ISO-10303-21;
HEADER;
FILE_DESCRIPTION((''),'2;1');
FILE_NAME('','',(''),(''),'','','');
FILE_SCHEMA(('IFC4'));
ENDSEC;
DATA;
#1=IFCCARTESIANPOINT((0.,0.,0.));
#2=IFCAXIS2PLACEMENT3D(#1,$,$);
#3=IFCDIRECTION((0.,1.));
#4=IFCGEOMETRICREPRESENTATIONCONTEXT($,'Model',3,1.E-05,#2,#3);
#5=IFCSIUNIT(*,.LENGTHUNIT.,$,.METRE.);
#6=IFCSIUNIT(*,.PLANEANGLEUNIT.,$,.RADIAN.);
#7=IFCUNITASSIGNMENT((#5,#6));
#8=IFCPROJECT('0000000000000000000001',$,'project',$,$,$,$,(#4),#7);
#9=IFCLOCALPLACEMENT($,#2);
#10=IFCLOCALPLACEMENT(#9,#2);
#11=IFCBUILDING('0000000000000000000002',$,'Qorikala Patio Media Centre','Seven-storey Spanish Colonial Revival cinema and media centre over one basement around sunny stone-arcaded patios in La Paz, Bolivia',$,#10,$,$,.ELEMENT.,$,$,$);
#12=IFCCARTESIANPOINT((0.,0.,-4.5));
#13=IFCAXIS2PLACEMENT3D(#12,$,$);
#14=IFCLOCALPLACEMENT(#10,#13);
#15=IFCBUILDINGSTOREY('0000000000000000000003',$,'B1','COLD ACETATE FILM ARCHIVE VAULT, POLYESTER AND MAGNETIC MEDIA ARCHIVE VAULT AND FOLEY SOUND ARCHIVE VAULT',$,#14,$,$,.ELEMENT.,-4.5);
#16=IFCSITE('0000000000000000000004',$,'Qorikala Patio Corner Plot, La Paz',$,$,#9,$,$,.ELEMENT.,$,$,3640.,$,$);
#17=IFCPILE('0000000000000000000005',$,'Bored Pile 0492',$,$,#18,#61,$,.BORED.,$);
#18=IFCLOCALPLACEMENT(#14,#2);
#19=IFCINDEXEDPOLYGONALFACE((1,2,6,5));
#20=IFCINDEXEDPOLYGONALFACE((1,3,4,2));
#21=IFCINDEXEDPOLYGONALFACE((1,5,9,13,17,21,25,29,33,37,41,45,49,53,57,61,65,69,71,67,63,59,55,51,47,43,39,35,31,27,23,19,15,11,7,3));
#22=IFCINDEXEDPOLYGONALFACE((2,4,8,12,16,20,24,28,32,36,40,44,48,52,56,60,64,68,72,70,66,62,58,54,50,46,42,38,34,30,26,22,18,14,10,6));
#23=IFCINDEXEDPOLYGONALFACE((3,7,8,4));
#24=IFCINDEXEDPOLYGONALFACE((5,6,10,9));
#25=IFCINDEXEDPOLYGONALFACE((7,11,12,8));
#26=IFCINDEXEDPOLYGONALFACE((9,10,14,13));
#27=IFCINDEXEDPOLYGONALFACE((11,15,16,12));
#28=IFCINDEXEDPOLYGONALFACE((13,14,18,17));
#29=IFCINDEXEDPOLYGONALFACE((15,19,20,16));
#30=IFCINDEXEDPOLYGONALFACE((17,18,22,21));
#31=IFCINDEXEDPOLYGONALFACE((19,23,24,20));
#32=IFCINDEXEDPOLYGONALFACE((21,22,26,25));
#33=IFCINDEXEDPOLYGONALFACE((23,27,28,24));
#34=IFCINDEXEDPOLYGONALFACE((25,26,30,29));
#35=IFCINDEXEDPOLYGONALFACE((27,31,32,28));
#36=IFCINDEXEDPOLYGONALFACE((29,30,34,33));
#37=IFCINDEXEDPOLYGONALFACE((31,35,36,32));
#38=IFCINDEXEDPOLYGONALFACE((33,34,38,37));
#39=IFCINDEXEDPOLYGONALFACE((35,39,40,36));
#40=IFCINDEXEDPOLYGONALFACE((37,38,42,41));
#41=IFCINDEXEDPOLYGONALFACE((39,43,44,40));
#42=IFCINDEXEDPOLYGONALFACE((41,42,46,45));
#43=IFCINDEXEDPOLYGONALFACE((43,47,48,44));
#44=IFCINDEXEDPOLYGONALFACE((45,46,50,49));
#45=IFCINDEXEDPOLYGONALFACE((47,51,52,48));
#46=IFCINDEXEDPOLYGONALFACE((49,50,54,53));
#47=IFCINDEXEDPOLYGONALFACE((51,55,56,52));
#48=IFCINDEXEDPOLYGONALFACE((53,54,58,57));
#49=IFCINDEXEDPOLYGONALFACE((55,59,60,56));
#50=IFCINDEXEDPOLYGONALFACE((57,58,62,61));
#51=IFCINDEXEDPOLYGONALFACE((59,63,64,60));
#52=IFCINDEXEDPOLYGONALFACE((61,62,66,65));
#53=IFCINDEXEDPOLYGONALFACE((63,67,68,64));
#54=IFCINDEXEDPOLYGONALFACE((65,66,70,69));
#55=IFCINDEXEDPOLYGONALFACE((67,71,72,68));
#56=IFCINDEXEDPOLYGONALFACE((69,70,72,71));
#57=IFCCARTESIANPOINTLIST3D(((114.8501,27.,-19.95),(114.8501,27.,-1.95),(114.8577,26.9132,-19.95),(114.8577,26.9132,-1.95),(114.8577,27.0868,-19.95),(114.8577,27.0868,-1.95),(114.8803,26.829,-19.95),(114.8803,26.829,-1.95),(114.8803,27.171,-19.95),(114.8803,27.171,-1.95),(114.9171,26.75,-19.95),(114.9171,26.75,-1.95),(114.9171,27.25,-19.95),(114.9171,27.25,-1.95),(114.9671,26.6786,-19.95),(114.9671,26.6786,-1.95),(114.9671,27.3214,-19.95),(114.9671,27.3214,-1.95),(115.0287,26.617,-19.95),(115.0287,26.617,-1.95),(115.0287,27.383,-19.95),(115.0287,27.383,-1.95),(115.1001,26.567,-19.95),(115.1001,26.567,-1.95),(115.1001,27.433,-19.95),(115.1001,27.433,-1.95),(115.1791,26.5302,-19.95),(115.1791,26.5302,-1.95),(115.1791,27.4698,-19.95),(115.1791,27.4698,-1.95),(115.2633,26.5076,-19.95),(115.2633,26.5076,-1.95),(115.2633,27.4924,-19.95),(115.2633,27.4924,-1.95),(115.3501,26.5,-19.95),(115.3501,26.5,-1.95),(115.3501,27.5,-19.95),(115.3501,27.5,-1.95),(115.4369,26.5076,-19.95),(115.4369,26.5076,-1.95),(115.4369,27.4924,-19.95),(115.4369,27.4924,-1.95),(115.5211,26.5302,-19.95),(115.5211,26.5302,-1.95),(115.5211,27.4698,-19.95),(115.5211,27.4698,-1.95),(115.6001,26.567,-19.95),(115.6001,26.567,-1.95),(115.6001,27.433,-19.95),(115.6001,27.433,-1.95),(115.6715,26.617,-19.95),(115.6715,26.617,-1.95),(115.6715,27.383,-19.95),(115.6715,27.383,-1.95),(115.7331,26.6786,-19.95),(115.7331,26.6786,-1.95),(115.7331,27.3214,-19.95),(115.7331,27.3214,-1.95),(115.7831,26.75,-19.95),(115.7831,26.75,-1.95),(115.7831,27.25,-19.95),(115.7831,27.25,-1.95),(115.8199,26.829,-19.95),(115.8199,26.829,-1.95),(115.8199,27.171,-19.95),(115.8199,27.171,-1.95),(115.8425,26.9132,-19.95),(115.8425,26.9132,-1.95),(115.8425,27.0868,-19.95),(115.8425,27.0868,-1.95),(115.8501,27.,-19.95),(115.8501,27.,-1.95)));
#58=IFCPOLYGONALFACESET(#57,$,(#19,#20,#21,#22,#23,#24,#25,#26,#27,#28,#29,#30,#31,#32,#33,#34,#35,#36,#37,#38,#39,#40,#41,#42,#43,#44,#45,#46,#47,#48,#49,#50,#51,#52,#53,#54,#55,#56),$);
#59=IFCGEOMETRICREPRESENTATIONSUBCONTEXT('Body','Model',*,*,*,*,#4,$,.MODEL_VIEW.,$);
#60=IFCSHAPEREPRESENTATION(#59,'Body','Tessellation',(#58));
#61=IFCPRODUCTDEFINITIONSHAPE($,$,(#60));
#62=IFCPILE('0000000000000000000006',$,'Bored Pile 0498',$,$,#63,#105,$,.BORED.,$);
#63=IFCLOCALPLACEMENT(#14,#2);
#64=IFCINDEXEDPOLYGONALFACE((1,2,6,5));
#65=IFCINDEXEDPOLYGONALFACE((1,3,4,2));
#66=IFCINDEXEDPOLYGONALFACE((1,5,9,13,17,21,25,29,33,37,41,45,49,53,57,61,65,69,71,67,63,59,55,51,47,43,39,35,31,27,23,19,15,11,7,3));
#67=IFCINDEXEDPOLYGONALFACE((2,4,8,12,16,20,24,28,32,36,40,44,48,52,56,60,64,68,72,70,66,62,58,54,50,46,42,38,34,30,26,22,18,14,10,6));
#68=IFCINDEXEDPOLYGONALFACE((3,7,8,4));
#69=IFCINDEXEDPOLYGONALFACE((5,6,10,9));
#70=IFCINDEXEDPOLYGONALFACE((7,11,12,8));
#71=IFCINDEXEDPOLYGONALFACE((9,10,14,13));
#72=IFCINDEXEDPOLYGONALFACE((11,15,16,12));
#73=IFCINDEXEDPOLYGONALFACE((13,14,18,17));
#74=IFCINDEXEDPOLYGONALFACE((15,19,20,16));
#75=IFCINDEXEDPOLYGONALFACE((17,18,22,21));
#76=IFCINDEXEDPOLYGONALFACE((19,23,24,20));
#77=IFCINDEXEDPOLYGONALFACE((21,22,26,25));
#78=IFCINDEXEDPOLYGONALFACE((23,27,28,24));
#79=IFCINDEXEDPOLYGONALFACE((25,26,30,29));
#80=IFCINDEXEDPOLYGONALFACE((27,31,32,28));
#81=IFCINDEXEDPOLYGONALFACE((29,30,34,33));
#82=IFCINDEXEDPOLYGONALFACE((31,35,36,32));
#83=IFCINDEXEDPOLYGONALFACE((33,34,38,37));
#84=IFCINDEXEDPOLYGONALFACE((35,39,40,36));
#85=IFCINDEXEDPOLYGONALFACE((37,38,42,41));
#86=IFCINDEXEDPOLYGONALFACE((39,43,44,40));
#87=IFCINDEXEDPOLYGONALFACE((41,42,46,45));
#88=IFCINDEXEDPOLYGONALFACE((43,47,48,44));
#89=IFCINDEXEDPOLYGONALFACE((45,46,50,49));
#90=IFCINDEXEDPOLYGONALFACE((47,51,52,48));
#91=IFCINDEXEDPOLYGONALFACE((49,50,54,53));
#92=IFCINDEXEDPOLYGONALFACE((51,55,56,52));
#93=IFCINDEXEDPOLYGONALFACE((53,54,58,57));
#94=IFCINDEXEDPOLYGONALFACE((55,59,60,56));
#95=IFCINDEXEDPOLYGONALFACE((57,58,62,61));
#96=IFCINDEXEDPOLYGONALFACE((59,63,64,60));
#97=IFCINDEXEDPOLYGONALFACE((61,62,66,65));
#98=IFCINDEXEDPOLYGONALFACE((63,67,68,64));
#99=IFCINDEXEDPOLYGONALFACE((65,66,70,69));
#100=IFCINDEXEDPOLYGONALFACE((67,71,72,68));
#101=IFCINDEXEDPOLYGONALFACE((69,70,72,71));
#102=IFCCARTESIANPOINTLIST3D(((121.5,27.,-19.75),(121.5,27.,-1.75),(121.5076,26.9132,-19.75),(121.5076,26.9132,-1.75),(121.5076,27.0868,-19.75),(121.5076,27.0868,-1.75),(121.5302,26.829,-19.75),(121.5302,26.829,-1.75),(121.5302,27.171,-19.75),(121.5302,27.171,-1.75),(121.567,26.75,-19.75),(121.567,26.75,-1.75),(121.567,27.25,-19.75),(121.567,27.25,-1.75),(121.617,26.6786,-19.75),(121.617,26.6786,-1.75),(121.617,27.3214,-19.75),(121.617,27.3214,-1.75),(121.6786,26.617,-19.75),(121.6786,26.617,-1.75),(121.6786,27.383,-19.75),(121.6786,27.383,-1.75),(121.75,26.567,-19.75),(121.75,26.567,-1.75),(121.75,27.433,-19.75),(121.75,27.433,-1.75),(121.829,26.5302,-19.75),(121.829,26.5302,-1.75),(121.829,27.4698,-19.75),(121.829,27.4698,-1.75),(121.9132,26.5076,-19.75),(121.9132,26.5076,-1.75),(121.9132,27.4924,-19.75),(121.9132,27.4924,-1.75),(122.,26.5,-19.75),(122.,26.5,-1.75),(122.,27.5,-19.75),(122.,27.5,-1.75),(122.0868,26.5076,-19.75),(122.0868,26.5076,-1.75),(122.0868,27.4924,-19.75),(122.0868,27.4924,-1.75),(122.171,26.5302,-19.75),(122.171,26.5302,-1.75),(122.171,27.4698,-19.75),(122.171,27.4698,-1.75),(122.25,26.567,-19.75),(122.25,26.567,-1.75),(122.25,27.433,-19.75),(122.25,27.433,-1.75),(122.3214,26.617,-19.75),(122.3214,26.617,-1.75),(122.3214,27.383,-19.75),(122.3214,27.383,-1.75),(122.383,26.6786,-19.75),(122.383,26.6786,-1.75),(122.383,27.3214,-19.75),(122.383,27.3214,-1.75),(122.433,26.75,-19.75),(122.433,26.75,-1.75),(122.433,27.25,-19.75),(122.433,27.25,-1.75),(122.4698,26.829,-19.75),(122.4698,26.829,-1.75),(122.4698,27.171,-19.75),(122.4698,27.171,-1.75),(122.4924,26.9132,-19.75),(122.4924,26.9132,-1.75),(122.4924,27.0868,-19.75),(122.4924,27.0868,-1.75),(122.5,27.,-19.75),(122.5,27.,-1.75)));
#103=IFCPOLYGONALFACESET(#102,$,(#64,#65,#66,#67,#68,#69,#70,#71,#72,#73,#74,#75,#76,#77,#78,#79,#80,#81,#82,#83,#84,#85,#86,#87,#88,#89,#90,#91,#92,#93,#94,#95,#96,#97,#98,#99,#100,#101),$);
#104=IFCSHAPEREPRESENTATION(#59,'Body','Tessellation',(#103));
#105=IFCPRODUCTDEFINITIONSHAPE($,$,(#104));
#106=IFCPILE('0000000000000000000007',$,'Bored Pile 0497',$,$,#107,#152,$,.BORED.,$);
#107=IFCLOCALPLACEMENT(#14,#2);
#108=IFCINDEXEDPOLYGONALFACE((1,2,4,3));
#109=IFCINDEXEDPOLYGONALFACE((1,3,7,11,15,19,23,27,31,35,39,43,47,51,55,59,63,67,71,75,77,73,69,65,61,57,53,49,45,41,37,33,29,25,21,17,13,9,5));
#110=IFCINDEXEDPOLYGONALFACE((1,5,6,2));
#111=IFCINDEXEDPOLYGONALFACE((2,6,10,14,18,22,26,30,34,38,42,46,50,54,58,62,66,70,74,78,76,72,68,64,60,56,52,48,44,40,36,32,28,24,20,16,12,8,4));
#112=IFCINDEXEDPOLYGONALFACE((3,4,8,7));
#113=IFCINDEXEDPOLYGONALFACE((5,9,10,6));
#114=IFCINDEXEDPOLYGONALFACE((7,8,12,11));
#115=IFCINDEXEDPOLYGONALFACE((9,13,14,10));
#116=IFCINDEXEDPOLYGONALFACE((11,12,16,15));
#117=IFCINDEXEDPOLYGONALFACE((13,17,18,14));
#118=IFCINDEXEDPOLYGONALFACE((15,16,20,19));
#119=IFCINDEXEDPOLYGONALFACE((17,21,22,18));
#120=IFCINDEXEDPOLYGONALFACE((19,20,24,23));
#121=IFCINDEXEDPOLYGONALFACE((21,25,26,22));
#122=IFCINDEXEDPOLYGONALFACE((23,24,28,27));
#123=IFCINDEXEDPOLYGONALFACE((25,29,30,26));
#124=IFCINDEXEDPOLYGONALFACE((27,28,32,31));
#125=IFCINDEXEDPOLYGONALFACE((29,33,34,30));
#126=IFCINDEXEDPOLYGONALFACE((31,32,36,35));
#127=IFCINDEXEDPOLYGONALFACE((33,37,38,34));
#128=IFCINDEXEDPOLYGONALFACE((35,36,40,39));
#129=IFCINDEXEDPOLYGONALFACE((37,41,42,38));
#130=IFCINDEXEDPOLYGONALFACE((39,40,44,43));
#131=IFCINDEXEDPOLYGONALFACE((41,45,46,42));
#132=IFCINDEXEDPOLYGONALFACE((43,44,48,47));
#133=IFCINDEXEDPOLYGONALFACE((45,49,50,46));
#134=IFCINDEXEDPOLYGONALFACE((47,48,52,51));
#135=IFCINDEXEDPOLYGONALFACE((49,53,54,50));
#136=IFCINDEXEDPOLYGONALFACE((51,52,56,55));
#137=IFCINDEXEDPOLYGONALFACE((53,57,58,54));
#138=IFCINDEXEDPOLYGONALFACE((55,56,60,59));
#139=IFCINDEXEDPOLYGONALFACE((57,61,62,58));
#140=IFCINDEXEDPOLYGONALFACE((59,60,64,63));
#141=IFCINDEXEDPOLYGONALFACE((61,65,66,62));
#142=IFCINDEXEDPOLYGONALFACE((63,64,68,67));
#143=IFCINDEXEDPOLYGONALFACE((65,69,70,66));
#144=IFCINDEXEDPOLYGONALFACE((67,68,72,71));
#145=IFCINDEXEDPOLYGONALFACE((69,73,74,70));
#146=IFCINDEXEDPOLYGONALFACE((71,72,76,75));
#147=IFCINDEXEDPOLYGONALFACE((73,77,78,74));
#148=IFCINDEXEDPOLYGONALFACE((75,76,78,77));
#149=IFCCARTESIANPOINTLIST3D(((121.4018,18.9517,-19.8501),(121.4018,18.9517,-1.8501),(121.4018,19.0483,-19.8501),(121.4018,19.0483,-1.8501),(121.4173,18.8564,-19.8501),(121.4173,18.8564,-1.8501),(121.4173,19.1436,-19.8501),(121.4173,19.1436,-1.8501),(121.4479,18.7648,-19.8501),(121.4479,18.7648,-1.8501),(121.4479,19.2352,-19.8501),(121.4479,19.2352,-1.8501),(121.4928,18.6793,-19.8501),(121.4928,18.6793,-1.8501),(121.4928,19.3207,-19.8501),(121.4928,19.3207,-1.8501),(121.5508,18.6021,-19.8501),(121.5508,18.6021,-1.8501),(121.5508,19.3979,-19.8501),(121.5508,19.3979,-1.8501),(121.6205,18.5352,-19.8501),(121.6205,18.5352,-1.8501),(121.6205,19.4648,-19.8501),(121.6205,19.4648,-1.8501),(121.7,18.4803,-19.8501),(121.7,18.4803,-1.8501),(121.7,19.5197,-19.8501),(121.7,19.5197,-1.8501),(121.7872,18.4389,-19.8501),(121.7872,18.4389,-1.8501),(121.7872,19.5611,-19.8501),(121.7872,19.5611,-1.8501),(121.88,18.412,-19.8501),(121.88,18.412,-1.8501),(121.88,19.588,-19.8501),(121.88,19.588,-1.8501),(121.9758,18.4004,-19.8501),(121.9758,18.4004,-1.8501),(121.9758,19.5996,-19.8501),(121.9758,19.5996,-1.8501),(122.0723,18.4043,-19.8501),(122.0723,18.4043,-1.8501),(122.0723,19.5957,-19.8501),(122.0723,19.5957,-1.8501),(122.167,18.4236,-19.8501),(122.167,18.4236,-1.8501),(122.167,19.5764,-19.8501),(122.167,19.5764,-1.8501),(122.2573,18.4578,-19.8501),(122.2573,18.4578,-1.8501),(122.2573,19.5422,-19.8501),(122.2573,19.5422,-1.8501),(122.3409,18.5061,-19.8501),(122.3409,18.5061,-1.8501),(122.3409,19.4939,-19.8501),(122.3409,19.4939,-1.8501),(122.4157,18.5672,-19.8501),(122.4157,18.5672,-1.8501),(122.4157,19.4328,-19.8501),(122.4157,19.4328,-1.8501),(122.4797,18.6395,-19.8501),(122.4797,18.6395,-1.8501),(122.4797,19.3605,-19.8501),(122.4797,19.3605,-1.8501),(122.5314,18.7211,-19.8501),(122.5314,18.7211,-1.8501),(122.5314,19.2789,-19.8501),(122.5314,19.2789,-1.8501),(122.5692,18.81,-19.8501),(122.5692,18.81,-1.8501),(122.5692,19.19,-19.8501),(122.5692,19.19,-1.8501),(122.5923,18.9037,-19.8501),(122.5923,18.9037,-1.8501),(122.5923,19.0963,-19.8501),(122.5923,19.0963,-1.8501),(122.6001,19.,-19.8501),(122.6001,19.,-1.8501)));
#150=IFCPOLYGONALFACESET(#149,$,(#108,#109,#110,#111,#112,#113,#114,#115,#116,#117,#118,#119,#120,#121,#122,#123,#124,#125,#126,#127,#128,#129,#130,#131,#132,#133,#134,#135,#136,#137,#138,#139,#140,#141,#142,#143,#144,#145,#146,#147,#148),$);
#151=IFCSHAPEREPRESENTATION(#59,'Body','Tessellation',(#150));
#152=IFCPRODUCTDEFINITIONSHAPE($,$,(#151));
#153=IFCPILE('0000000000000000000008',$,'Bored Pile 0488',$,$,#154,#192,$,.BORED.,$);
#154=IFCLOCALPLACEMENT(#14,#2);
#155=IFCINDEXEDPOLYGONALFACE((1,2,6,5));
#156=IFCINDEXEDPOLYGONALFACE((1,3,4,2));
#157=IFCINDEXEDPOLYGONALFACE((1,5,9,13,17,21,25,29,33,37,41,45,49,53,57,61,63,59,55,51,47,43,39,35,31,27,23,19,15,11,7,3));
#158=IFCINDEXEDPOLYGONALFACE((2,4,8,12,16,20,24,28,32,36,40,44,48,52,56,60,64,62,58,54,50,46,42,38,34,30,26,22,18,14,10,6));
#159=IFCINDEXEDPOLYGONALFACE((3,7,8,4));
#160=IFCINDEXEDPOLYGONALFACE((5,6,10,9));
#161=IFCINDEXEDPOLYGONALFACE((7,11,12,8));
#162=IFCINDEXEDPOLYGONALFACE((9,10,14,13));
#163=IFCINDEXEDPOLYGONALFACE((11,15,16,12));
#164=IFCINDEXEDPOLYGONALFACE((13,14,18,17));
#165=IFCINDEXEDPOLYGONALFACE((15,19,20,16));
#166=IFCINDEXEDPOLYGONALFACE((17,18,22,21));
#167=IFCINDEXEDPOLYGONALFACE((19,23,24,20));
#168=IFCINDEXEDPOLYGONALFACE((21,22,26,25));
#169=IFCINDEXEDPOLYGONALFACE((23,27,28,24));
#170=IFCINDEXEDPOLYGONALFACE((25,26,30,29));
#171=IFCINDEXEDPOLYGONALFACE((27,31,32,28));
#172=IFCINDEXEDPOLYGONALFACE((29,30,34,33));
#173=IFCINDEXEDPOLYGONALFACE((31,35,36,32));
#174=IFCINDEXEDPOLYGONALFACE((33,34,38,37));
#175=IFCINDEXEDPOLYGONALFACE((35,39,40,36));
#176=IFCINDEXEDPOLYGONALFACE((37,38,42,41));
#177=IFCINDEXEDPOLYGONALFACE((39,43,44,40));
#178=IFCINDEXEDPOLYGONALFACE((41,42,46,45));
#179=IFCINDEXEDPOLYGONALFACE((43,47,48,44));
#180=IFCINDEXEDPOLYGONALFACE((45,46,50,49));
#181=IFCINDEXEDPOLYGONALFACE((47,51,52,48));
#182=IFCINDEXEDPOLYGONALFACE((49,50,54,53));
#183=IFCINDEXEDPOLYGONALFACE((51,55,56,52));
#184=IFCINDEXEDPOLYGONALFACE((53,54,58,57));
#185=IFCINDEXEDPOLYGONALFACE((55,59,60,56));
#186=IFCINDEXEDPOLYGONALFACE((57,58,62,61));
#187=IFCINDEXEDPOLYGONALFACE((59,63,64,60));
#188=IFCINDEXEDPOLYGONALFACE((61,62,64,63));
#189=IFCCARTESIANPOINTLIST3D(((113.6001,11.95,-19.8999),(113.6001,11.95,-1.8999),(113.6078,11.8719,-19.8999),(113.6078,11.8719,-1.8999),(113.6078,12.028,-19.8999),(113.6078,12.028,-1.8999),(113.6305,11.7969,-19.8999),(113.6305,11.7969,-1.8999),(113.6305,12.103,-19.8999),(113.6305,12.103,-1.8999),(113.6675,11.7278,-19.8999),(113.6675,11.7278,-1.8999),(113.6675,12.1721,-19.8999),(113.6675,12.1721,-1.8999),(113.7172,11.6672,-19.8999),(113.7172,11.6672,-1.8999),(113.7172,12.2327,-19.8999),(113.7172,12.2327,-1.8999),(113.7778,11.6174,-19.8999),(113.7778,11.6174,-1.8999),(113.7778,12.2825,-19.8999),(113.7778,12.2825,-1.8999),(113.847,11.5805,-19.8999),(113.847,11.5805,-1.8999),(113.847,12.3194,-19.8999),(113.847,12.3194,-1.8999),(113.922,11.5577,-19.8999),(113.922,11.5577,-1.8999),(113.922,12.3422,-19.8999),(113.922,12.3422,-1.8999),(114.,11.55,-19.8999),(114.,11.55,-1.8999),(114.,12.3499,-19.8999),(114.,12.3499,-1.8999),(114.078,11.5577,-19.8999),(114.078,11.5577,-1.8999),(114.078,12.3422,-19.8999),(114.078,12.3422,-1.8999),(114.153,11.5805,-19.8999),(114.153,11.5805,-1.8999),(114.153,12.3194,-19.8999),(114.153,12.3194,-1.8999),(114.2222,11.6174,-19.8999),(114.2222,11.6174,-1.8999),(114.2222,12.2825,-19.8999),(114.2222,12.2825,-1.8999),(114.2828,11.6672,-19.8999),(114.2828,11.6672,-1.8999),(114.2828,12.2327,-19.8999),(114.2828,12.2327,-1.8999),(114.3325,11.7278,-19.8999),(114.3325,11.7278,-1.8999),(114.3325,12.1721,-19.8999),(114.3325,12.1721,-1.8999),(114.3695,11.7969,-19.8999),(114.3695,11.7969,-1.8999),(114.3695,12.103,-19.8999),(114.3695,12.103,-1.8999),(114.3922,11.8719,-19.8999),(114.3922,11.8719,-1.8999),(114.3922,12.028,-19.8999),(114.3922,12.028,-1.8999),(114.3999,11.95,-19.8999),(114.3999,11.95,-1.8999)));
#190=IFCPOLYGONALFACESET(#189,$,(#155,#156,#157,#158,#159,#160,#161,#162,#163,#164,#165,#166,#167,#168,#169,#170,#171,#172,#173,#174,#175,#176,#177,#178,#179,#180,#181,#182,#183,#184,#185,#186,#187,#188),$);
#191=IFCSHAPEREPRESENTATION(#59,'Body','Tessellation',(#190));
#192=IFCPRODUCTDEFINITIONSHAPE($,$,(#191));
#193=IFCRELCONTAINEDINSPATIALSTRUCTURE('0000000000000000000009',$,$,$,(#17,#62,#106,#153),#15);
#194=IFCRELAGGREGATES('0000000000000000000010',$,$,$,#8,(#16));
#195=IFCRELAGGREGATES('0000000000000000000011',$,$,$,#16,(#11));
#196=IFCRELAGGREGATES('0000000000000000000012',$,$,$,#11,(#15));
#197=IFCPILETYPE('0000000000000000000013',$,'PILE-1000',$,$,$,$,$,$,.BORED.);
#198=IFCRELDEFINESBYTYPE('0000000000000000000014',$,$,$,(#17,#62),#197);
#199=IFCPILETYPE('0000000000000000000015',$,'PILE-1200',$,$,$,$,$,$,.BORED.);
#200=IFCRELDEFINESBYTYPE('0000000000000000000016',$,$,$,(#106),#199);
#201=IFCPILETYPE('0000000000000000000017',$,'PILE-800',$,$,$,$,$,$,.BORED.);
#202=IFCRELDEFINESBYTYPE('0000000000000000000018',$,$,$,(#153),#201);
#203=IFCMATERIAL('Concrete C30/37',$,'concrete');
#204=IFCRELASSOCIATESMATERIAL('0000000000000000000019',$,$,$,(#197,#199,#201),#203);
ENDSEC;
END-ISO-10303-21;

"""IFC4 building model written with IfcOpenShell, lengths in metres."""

from ifc_helpers import new_model, si_unit, direction, frame, origin, origin_2d, place, context, subcontext, project, spatial, circle, extrude, material, material_profile, profile_set, type_object, element, save


model = new_model("IFC4")

# Units and contexts
model_context = context("Model", 3, precision=1e-05, world=origin(), true_north=direction((0.0, 1.0)))
body_context = subcontext(model_context, "Body", "Model", "MODEL_VIEW")
ifc_project = project(units=[si_unit("LENGTHUNIT", "METRE"), si_unit("PLANEANGLEUNIT", "RADIAN")], contexts=[model_context])

# Site, building, storey
site_placement = place(None, origin())
site = spatial("IfcSite", under=ifc_project, at=site_placement, Name="Qorikala Patio Corner Plot, La Paz", CompositionType="ELEMENT", RefElevation=3640.0)
building_placement = place(site_placement, origin())
building = spatial("IfcBuilding", under=site, at=building_placement, Name="Qorikala Patio Media Centre", Description="Seven-storey Spanish Colonial Revival cinema and media centre over one basement around sunny stone-arcaded patios in La Paz, Bolivia", CompositionType="ELEMENT")
storey_placement = place(building_placement, frame((0.0, 0.0, -4.5)))
storey = spatial("IfcBuildingStorey", under=building, at=storey_placement, Name="B1", Description="COLD ACETATE FILM ARCHIVE VAULT, POLYESTER AND MAGNETIC MEDIA ARCHIVE VAULT AND FOLEY SOUND ARCHIVE VAULT", CompositionType="ELEMENT", Elevation=-4.5)

# Shared definitions
ifc_material_1 = material(Name="Concrete C30/37", Category="concrete")

# Piles
ifc_material_profile_1 = material_profile(ifc_material_1, circle(Radius=0.5, at=origin_2d()), Name="BORED PILE 1000")
ifc_profile_set_1 = profile_set([ifc_material_profile_1], Name="Concrete C30/37")
pile_type_1 = type_object("IfcPileType", Name="PILE-1000", PredefinedType="BORED", material=ifc_profile_set_1)
for number, where, z_axis, x_axis, name in (
    (1, (115.3501, 27.0, -1.95), (0.0, 0.0, -1.0), (1.0, 0.0, 0.0), "Bored Pile 0492"),
    (2, (122.0, 27.0, -1.75), (0.0, 0.0, -1.0), (1.0, 0.0, 0.0), "Bored Pile 0498"),
):
    element("IfcPile", number, at=place(storey_placement, frame(where, z_axis=z_axis, x_axis=x_axis)), inside=storey, type_object=pile_type_1, Name=name, PredefinedType="BORED", context=body_context, shape_type="SweptSolid", body=[
        extrude(circle(Radius=0.5, at=origin_2d()), origin(), (0.0, 0.0, 1.0), 18.0),
    ])
ifc_material_profile_2 = material_profile(ifc_material_1, circle(Radius=0.6001, at=origin_2d()), Name="BORED PILE 1200")
ifc_profile_set_2 = profile_set([ifc_material_profile_2], Name="Concrete C30/37")
pile_type_2 = type_object("IfcPileType", Name="PILE-1200", PredefinedType="BORED", material=ifc_profile_set_2)
pile_1_placement = place(storey_placement, frame((122.0, 19.0, -1.8501), z_axis=(0.0, 0.0, -1.0), x_axis=(1.0, 0.0, 0.0)))
element("IfcPile", 3, at=pile_1_placement, inside=storey, type_object=pile_type_2, Name="Bored Pile 0497", PredefinedType="BORED", context=body_context, shape_type="SweptSolid", body=[
    extrude(circle(Radius=0.6001, at=origin_2d()), origin(), (0.0, 0.0, 1.0), 18.0),
])
ifc_material_profile_3 = material_profile(ifc_material_1, circle(Radius=0.3999, at=origin_2d()), Name="BORED PILE 800")
ifc_profile_set_3 = profile_set([ifc_material_profile_3], Name="Concrete C30/37")
pile_type_3 = type_object("IfcPileType", Name="PILE-800", PredefinedType="BORED", material=ifc_profile_set_3)
pile_2_placement = place(storey_placement, frame((114.0, 11.95, -1.8999), z_axis=(0.0, 0.0, -1.0), x_axis=(1.0, 0.0, 0.0)))
element("IfcPile", 4, at=pile_2_placement, inside=storey, type_object=pile_type_3, Name="Bored Pile 0488", PredefinedType="BORED", context=body_context, shape_type="SweptSolid", body=[
    extrude(circle(Radius=0.3999, at=origin_2d()), origin(), (0.0, 0.0, 1.0), 18.0),
])

save(model, "model.ifc")
